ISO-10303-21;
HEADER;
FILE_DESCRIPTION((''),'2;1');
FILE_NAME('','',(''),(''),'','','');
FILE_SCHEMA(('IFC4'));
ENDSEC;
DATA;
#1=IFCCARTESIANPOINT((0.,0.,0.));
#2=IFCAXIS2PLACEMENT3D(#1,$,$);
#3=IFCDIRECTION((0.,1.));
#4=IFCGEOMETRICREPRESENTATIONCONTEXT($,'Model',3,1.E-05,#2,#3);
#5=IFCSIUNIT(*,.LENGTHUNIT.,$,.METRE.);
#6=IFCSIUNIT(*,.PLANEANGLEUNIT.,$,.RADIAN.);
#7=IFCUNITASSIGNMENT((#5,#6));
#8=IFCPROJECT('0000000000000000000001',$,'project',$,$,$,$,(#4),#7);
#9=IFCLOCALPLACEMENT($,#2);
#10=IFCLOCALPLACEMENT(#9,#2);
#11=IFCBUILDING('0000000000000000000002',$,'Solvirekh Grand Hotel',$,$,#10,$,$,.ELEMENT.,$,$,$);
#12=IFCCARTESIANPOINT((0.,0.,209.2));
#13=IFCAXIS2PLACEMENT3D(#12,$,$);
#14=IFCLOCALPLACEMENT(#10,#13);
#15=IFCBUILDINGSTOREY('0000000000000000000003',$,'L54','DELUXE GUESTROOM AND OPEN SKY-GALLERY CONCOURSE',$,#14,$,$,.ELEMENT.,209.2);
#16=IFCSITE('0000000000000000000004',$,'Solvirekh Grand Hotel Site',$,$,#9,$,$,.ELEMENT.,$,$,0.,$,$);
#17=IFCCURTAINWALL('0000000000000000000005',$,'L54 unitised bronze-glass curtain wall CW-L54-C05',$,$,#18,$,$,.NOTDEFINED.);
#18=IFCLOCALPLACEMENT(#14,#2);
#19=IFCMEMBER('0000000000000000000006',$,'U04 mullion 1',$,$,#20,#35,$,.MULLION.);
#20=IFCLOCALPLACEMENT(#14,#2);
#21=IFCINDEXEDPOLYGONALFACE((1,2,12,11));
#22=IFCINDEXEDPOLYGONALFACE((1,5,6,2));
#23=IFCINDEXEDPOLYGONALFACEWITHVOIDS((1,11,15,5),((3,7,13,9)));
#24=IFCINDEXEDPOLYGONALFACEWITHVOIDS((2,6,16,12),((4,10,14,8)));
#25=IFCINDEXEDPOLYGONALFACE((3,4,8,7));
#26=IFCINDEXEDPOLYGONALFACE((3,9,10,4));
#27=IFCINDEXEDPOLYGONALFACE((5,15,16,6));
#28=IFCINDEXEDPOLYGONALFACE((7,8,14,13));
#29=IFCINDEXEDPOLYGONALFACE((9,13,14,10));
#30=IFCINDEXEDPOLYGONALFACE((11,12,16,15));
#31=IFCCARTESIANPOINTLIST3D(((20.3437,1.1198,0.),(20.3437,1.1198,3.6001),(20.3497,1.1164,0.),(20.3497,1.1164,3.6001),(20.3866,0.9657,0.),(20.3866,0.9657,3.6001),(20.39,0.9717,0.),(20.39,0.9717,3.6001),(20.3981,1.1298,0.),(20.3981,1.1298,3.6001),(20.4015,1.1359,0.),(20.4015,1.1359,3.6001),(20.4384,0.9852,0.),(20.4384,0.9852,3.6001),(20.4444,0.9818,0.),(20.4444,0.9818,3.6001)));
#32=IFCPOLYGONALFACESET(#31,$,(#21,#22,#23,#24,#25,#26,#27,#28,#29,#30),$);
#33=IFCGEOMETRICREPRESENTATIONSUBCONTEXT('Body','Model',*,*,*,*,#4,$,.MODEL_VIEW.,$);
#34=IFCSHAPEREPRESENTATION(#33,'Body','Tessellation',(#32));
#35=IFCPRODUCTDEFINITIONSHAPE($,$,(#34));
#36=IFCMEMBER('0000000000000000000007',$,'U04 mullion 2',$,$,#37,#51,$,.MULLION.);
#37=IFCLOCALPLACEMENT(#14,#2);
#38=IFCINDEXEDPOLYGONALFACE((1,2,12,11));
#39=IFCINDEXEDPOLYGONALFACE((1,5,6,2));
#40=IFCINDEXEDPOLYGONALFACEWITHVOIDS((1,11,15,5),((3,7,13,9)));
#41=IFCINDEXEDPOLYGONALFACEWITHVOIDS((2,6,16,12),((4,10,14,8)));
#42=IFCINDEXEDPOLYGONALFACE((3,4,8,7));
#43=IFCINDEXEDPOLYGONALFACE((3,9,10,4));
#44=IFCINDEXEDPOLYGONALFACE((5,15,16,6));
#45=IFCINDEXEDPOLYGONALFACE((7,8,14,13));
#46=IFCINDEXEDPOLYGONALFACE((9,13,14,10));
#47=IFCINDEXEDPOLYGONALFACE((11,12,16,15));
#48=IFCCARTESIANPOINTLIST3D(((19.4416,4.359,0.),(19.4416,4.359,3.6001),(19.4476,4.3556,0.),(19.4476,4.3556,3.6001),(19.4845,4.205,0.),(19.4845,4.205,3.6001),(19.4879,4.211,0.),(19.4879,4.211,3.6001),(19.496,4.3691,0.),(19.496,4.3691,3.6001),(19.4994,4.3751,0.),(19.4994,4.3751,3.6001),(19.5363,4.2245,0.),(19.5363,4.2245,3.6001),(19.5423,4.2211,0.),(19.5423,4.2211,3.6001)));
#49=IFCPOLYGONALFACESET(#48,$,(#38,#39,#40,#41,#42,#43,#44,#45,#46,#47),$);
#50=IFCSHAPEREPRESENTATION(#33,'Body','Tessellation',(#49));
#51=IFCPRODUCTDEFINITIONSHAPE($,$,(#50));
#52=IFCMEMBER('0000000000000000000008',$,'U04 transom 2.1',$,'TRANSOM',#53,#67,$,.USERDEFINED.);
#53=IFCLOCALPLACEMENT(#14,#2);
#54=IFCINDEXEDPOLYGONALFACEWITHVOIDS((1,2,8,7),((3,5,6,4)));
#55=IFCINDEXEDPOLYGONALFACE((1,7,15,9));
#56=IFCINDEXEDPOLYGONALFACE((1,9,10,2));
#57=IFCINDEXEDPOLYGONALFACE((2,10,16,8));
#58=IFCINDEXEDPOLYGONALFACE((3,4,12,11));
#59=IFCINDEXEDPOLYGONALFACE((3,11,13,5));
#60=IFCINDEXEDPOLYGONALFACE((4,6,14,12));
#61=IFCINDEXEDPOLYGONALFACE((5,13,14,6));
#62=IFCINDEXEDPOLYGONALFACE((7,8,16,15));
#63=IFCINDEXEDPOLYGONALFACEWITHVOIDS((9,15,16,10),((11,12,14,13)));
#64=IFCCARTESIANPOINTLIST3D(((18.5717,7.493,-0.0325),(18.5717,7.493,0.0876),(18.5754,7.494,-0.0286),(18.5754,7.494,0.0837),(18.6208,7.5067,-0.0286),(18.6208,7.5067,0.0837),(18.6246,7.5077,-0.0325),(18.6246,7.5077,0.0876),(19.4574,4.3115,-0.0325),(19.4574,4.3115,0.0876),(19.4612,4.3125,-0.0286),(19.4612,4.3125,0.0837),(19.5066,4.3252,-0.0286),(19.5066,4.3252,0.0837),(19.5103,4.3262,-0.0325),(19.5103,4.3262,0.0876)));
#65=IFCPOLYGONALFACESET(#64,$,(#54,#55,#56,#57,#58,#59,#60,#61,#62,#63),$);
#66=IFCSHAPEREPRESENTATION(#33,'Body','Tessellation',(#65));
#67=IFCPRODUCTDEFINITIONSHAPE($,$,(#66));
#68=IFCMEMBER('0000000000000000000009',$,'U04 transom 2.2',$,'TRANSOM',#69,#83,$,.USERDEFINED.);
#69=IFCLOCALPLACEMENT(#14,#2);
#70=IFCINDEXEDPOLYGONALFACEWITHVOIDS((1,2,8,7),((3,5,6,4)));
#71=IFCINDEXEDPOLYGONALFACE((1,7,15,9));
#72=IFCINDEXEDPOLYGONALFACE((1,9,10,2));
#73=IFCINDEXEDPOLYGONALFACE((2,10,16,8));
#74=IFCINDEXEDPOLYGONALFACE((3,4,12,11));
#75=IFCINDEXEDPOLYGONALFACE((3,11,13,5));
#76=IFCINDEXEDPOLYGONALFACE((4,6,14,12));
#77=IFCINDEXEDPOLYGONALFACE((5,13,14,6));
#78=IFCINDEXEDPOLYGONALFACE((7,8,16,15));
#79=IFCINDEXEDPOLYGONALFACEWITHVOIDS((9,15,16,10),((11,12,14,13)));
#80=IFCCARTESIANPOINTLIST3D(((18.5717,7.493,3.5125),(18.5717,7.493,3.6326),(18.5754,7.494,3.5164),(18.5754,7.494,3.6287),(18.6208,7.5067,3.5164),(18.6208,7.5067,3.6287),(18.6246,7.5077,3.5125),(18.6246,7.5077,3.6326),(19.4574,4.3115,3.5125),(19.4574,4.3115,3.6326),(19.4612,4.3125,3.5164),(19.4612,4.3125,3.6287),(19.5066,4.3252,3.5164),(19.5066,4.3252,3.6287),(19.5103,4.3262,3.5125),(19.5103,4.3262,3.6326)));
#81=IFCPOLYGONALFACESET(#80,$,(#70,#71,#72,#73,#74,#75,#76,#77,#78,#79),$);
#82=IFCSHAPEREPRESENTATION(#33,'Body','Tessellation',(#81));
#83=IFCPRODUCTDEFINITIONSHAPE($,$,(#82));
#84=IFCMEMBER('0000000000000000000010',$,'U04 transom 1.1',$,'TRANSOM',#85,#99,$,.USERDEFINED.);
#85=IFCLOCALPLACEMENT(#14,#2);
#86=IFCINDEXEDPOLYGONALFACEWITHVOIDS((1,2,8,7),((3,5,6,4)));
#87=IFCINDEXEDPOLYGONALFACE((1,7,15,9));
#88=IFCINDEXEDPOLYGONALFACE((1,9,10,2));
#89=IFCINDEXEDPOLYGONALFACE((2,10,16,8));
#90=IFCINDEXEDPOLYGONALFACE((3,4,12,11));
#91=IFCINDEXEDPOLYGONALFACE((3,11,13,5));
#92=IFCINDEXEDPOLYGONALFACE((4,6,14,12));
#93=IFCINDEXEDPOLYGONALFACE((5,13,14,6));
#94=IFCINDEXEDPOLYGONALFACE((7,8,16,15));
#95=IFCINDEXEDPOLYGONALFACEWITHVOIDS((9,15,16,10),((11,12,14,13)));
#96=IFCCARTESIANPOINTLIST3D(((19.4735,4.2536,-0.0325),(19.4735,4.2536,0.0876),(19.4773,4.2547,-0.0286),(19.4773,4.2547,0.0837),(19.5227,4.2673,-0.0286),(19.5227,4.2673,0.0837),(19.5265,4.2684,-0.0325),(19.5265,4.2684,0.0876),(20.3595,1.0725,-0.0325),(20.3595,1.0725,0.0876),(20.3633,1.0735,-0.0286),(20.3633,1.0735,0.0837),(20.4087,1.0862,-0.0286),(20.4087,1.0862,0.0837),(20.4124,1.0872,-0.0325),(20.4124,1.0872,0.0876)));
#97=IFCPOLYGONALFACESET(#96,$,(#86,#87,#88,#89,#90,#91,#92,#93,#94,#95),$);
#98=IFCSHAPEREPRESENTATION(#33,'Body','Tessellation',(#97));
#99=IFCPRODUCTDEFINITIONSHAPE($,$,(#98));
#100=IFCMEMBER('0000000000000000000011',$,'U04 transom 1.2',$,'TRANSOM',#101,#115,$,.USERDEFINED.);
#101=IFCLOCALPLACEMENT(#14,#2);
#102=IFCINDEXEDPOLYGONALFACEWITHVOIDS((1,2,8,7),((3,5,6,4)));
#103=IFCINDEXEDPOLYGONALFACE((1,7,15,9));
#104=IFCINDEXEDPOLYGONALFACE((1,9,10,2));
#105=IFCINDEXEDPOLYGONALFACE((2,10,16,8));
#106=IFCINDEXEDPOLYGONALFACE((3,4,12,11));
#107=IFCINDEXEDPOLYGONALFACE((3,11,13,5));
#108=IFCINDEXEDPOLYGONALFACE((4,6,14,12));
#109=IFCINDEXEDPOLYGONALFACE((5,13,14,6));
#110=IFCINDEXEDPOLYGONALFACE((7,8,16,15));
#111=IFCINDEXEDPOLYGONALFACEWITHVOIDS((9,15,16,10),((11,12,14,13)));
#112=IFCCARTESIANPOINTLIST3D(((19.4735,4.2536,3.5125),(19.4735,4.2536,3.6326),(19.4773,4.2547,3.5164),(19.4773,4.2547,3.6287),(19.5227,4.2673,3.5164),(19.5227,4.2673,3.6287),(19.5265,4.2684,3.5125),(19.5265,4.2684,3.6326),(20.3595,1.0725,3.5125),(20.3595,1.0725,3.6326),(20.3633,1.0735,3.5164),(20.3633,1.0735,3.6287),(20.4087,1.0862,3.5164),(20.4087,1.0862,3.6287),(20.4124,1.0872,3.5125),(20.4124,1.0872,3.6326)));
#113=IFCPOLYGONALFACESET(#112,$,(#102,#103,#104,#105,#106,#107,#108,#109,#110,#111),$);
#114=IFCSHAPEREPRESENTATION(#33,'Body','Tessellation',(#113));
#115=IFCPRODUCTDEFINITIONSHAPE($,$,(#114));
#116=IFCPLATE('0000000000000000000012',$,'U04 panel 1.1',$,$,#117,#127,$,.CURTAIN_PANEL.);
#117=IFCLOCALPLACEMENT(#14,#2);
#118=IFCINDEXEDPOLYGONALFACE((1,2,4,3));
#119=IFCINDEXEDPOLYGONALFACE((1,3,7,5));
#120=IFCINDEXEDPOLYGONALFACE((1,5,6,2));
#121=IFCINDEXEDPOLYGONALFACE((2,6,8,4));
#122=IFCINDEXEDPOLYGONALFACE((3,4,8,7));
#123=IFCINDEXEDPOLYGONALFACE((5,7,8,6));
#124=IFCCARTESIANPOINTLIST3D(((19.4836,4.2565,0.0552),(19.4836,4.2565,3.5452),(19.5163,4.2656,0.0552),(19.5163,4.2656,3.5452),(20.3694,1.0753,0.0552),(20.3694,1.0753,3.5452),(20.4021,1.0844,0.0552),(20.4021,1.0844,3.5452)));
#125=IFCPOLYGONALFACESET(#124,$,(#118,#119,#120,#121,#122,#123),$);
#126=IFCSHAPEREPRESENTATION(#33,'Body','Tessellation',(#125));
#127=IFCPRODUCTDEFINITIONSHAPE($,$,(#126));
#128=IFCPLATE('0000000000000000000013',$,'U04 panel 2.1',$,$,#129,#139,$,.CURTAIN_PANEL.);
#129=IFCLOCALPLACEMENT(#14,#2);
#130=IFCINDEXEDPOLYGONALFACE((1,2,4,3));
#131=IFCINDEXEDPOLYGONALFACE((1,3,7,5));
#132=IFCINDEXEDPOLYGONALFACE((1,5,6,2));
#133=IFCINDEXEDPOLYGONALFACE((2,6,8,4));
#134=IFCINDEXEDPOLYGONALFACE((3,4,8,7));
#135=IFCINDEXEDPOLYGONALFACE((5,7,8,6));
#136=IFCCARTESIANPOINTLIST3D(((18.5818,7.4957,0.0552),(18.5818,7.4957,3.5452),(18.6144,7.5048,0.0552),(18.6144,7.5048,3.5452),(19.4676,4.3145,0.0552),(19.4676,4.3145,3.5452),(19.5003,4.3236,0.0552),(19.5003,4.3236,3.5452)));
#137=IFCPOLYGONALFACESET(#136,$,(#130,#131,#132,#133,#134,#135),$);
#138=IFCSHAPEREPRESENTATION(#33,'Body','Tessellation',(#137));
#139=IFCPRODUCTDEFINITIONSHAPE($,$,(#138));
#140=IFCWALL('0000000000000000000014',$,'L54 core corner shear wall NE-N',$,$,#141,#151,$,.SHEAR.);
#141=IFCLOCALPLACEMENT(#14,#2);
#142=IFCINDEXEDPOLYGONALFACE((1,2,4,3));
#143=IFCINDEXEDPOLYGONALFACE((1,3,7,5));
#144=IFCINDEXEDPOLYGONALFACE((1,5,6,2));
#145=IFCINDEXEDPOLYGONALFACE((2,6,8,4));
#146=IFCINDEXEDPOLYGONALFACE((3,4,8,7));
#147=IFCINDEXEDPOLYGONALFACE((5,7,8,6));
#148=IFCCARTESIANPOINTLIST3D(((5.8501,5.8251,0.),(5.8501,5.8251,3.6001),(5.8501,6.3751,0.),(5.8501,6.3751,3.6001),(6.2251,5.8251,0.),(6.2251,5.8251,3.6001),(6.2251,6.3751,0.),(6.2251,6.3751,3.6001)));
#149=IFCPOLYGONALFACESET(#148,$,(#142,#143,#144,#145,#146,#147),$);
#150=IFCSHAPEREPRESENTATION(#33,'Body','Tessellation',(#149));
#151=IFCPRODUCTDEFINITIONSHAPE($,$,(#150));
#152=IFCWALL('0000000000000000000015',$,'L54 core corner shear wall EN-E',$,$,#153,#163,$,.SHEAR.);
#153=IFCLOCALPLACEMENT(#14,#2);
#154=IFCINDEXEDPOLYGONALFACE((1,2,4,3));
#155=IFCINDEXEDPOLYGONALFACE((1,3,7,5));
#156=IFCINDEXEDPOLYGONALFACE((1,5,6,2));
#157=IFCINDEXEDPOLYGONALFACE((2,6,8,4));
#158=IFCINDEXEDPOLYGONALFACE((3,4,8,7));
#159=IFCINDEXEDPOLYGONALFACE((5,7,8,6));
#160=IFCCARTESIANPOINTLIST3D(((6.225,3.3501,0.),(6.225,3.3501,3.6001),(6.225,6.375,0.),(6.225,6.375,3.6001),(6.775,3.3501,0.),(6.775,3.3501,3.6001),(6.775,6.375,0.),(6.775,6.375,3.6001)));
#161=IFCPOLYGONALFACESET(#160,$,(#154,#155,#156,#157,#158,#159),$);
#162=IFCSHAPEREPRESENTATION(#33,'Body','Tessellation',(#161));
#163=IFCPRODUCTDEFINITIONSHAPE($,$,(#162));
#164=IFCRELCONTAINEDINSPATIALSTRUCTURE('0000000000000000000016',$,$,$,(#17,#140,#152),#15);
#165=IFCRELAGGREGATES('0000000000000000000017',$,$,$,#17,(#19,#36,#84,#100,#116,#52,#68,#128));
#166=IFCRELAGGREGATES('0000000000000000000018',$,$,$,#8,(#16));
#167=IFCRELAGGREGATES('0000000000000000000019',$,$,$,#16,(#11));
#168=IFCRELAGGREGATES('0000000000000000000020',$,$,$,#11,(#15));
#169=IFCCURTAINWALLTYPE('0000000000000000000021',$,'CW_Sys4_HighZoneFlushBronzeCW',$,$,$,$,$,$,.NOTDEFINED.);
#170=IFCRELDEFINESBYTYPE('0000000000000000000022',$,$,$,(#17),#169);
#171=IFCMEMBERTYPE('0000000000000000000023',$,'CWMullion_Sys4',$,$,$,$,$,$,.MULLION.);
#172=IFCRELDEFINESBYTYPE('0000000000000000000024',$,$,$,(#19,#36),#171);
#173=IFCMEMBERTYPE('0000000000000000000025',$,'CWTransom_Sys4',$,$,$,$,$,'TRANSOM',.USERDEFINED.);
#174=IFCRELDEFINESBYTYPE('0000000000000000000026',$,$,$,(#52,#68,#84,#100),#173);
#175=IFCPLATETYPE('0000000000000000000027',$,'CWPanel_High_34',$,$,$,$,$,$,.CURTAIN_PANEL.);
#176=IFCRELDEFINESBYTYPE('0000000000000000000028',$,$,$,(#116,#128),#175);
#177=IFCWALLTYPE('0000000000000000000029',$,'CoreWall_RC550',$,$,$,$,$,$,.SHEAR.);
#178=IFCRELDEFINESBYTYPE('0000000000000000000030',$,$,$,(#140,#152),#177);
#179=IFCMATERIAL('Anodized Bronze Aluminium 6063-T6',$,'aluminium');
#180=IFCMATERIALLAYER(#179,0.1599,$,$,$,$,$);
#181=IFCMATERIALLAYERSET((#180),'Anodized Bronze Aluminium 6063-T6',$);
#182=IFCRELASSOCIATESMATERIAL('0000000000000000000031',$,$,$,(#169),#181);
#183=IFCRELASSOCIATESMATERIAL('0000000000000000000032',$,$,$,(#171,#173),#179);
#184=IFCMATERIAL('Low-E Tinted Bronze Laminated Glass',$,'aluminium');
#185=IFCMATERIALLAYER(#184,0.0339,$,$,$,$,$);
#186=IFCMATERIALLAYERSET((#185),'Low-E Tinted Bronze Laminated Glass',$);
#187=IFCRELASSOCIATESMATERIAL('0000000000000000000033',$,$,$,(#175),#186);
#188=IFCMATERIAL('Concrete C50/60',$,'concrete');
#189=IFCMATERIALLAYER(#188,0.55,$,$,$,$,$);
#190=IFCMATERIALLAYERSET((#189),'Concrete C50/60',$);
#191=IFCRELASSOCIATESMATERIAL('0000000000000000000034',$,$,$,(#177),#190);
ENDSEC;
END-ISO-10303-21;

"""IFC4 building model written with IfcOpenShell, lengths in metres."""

from ifc_helpers import new_model, si_unit, direction, frame, frame_2d, origin, origin_2d, place, context, subcontext, project, spatial, rectangle, hollow_rectangle, extrude, source, transform, mapped, material, layer, layer_set, material_profile, profile_set, type_object, element, aggregate, save


model = new_model("IFC4")

# Units and contexts
model_context = context("Model", 3, precision=1e-05, world=origin(), true_north=direction((0.0, 1.0)))
body_context = subcontext(model_context, "Body", "Model", "MODEL_VIEW")
ifc_project = project(units=[si_unit("LENGTHUNIT", "METRE"), si_unit("PLANEANGLEUNIT", "RADIAN")], contexts=[model_context])

# Site, building, storey
site_placement = place(None, origin())
site = spatial("IfcSite", under=ifc_project, at=site_placement, Name="Solvirekh Grand Hotel Site", CompositionType="ELEMENT", RefElevation=0.0)
building_placement = place(site_placement, origin())
building = spatial("IfcBuilding", under=site, at=building_placement, Name="Solvirekh Grand Hotel", CompositionType="ELEMENT")
storey_placement = place(building_placement, frame((0.0, 0.0, 209.2)))
storey = spatial("IfcBuildingStorey", under=building, at=storey_placement, Name="L54", Description="DELUXE GUESTROOM AND OPEN SKY-GALLERY CONCOURSE", CompositionType="ELEMENT", Elevation=209.2)

# Curtain wall, members, plates
ifc_material_1 = material(Name="Anodized Bronze Aluminium 6063-T6", Category="aluminium")
ifc_layer_1 = layer(ifc_material_1, 0.1599)
ifc_layer_set_1 = layer_set([ifc_layer_1], Name="Anodized Bronze Aluminium 6063-T6")
curtain_wall_type = type_object("IfcCurtainWallType", Name="CW_Sys4_HighZoneFlushBronzeCW", PredefinedType="NOTDEFINED", material=ifc_layer_set_1)
curtain_wall_placement = place(storey_placement, origin())
curtain_wall = element("IfcCurtainWall", 1, at=curtain_wall_placement, inside=storey, type_object=curtain_wall_type, Name="L54 unitised bronze-glass curtain wall CW-L54-C05", PredefinedType="NOTDEFINED")
ifc_material_profile_1 = material_profile(ifc_material_1, hollow_rectangle(XDim=0.0601, YDim=0.1599, WallThickness=0.0049, at=origin_2d()), Name="ALU RHS 160X60X5")
ifc_profile_set_1 = profile_set([ifc_material_profile_1], Name="Anodized Bronze Aluminium 6063-T6")
member_type_1 = type_object("IfcMemberType", Name="CWMullion_Sys4", PredefinedType="MULLION", material=ifc_profile_set_1)
shared_shape_1 = source(origin(), body_context, "Body", "SweptSolid", [
    extrude(hollow_rectangle(XDim=0.0601, YDim=0.1599, WallThickness=0.0049, at=origin_2d()), origin(), (0.0, 0.0, 1.0), 3.6001),
])
member_1_placement = place(storey_placement, frame((20.394, 1.0508, 0.0), z_axis=(0.0, 0.0, 1.0), x_axis=(-0.963349, -0.268252, 0.0)))
member_1 = element("IfcMember", 2, at=member_1_placement, type_object=member_type_1, Name="U04 mullion 1", PredefinedType="MULLION", context=body_context, shape_type="MappedRepresentation", body=[
    mapped(shared_shape_1, transform((0.0, 0.0, 0.0), x_axis=(1.0, 0.0, 0.0), y_axis=(0.0, 1.0, 0.0), z_axis=(0.0, 0.0, 1.0), scale=1.0)),
])
member_2_placement = place(storey_placement, frame((19.4919, 4.29, 0.0), z_axis=(0.0, 0.0, 1.0), x_axis=(-0.963349, -0.268252, 0.0)))
member_2 = element("IfcMember", 3, at=member_2_placement, type_object=member_type_1, Name="U04 mullion 2", PredefinedType="MULLION", context=body_context, shape_type="MappedRepresentation", body=[
    mapped(shared_shape_1, transform((0.0, 0.0, 0.0), x_axis=(1.0, 0.0, 0.0), y_axis=(0.0, 1.0, 0.0), z_axis=(0.0, 0.0, 1.0), scale=1.0)),
])
ifc_material_profile_2 = material_profile(ifc_material_1, hollow_rectangle(XDim=0.0549, YDim=0.1201, WallThickness=0.0039, at=origin_2d()), Name="ALU RHS 120X55X4")
ifc_profile_set_2 = profile_set([ifc_material_profile_2], Name="Anodized Bronze Aluminium 6063-T6")
member_type_2 = type_object("IfcMemberType", Name="CWTransom_Sys4", ElementType="TRANSOM", PredefinedType="USERDEFINED", material=ifc_profile_set_2)
shared_shape_2 = source(origin(), body_context, "Body", "SweptSolid", [
    extrude(hollow_rectangle(XDim=0.0549, YDim=0.1201, WallThickness=0.0039, at=origin_2d()), origin(), (0.0, 0.0, 1.0), 3.3025),
])
member_3_placement = place(storey_placement, frame((19.4839, 4.3188, 0.0276), z_axis=(-0.268212, 0.96336, 0.0), x_axis=(-0.96336, -0.268212, 0.0)))
member_3 = element("IfcMember", 4, at=member_3_placement, type_object=member_type_2, Name="U04 transom 2.1", ObjectType="TRANSOM", PredefinedType="USERDEFINED", context=body_context, shape_type="MappedRepresentation", body=[
    mapped(shared_shape_2, transform((0.0, 0.0, 0.0), x_axis=(1.0, 0.0, 0.0), y_axis=(0.0, 1.0, 0.0), z_axis=(0.0, 0.0, 1.0), scale=1.0)),
])
member_4_placement = place(storey_placement, frame((19.4839, 4.3188, 3.5725), z_axis=(-0.268212, 0.96336, 0.0), x_axis=(-0.96336, -0.268212, 0.0)))
member_4 = element("IfcMember", 5, at=member_4_placement, type_object=member_type_2, Name="U04 transom 2.2", ObjectType="TRANSOM", PredefinedType="USERDEFINED", context=body_context, shape_type="MappedRepresentation", body=[
    mapped(shared_shape_2, transform((0.0, 0.0, 0.0), x_axis=(1.0, 0.0, 0.0), y_axis=(0.0, 1.0, 0.0), z_axis=(0.0, 0.0, 1.0), scale=1.0)),
])
shared_shape_3 = source(origin(), body_context, "Body", "SweptSolid", [
    extrude(hollow_rectangle(XDim=0.0549, YDim=0.1201, WallThickness=0.0039, at=origin_2d()), origin(), (0.0, 0.0, 1.0), 3.3022),
])
member_5_placement = place(storey_placement, frame((20.386, 1.0798, 0.0276), z_axis=(-0.2683, 0.963336, 0.0), x_axis=(-0.963336, -0.2683, 0.0)))
member_5 = element("IfcMember", 6, at=member_5_placement, type_object=member_type_2, Name="U04 transom 1.1", ObjectType="TRANSOM", PredefinedType="USERDEFINED", context=body_context, shape_type="MappedRepresentation", body=[
    mapped(shared_shape_3, transform((0.0, 0.0, 0.0), x_axis=(1.0, 0.0, 0.0), y_axis=(0.0, 1.0, 0.0), z_axis=(0.0, 0.0, 1.0), scale=1.0)),
])
member_6_placement = place(storey_placement, frame((20.386, 1.0798, 3.5725), z_axis=(-0.2683, 0.963336, 0.0), x_axis=(-0.963336, -0.2683, 0.0)))
member_6 = element("IfcMember", 7, at=member_6_placement, type_object=member_type_2, Name="U04 transom 1.2", ObjectType="TRANSOM", PredefinedType="USERDEFINED", context=body_context, shape_type="MappedRepresentation", body=[
    mapped(shared_shape_3, transform((0.0, 0.0, 0.0), x_axis=(1.0, 0.0, 0.0), y_axis=(0.0, 1.0, 0.0), z_axis=(0.0, 0.0, 1.0), scale=1.0)),
])
ifc_material_2 = material(Name="Low-E Tinted Bronze Laminated Glass", Category="aluminium")
ifc_layer_2 = layer(ifc_material_2, 0.0339)
ifc_layer_set_2 = layer_set([ifc_layer_2], Name="Low-E Tinted Bronze Laminated Glass")
plate_type = type_object("IfcPlateType", Name="CWPanel_High_34", PredefinedType="CURTAIN_PANEL", material=ifc_layer_set_2)
shared_shape_4 = source(origin(), body_context, "Body", "SweptSolid", [
    extrude(rectangle(XDim=3.3022, YDim=0.0339, at=origin_2d()), origin(), (0.0, 0.0, 1.0), 3.49),
])
plate_1_placement = place(storey_placement, frame((19.9429, 2.6704, 0.0552), z_axis=(0.0, 0.0, 1.0), x_axis=(-0.268252, 0.963349, 0.0)))
plate_1 = element("IfcPlate", 8, at=plate_1_placement, type_object=plate_type, Name="U04 panel 1.1", PredefinedType="CURTAIN_PANEL", context=body_context, shape_type="MappedRepresentation", body=[
    mapped(shared_shape_4, transform((0.0, 0.0, 0.0), x_axis=(1.0, 0.0, 0.0), y_axis=(0.0, 1.0, 0.0), z_axis=(0.0, 0.0, 1.0), scale=1.0)),
])
plate_2_placement = place(storey_placement, frame((19.041, 5.9097, 0.0552), z_axis=(0.0, 0.0, 1.0), x_axis=(-0.268252, 0.963349, 0.0)))
plate_2 = element("IfcPlate", 9, at=plate_2_placement, type_object=plate_type, Name="U04 panel 2.1", PredefinedType="CURTAIN_PANEL", context=body_context, shape_type="MappedRepresentation", body=[
    mapped(shared_shape_4, transform((0.0, 0.0, 0.0), x_axis=(1.0, 0.0, 0.0), y_axis=(0.0, 1.0, 0.0), z_axis=(0.0, 0.0, 1.0), scale=1.0)),
])
aggregate(curtain_wall, [member_1, member_2, member_5, member_6, plate_1, member_3, member_4, plate_2])

# Walls
ifc_material_3 = material(Name="Concrete C50/60", Category="concrete")
ifc_layer_3 = layer(ifc_material_3, 0.55)
ifc_layer_set_3 = layer_set([ifc_layer_3], Name="Concrete C50/60")
wall_type_1 = type_object("IfcWallType", Name="CoreWall_RC550", PredefinedType="SHEAR", material=ifc_layer_set_3)
wall_1_placement = place(storey_placement, frame((5.8501, 6.1001, 0.0), z_axis=(0.0, 0.0, 1.0), x_axis=(1.0, 0.0, 0.0)))
element("IfcWall", 10, at=wall_1_placement, inside=storey, type_object=wall_type_1, Name="L54 core corner shear wall NE-N", PredefinedType="SHEAR", context=body_context, shape_type="SweptSolid", body=[
    extrude(rectangle(XDim=0.375, YDim=0.55, at=frame_2d((0.1875, 0.0))), origin(), (0.0, 0.0, 1.0), 3.6001),
])
wall_2_placement = place(storey_placement, frame((6.5, 3.3501, 0.0), z_axis=(0.0, 0.0, 1.0), x_axis=(0.0, 1.0, 0.0)))
element("IfcWall", 11, at=wall_2_placement, inside=storey, type_object=wall_type_1, Name="L54 core corner shear wall EN-E", PredefinedType="SHEAR", context=body_context, shape_type="SweptSolid", body=[
    extrude(rectangle(XDim=3.0249, YDim=0.55, at=frame_2d((1.5125, 0.0))), origin(), (0.0, 0.0, 1.0), 3.6001),
])

save(model, "model.ifc")
